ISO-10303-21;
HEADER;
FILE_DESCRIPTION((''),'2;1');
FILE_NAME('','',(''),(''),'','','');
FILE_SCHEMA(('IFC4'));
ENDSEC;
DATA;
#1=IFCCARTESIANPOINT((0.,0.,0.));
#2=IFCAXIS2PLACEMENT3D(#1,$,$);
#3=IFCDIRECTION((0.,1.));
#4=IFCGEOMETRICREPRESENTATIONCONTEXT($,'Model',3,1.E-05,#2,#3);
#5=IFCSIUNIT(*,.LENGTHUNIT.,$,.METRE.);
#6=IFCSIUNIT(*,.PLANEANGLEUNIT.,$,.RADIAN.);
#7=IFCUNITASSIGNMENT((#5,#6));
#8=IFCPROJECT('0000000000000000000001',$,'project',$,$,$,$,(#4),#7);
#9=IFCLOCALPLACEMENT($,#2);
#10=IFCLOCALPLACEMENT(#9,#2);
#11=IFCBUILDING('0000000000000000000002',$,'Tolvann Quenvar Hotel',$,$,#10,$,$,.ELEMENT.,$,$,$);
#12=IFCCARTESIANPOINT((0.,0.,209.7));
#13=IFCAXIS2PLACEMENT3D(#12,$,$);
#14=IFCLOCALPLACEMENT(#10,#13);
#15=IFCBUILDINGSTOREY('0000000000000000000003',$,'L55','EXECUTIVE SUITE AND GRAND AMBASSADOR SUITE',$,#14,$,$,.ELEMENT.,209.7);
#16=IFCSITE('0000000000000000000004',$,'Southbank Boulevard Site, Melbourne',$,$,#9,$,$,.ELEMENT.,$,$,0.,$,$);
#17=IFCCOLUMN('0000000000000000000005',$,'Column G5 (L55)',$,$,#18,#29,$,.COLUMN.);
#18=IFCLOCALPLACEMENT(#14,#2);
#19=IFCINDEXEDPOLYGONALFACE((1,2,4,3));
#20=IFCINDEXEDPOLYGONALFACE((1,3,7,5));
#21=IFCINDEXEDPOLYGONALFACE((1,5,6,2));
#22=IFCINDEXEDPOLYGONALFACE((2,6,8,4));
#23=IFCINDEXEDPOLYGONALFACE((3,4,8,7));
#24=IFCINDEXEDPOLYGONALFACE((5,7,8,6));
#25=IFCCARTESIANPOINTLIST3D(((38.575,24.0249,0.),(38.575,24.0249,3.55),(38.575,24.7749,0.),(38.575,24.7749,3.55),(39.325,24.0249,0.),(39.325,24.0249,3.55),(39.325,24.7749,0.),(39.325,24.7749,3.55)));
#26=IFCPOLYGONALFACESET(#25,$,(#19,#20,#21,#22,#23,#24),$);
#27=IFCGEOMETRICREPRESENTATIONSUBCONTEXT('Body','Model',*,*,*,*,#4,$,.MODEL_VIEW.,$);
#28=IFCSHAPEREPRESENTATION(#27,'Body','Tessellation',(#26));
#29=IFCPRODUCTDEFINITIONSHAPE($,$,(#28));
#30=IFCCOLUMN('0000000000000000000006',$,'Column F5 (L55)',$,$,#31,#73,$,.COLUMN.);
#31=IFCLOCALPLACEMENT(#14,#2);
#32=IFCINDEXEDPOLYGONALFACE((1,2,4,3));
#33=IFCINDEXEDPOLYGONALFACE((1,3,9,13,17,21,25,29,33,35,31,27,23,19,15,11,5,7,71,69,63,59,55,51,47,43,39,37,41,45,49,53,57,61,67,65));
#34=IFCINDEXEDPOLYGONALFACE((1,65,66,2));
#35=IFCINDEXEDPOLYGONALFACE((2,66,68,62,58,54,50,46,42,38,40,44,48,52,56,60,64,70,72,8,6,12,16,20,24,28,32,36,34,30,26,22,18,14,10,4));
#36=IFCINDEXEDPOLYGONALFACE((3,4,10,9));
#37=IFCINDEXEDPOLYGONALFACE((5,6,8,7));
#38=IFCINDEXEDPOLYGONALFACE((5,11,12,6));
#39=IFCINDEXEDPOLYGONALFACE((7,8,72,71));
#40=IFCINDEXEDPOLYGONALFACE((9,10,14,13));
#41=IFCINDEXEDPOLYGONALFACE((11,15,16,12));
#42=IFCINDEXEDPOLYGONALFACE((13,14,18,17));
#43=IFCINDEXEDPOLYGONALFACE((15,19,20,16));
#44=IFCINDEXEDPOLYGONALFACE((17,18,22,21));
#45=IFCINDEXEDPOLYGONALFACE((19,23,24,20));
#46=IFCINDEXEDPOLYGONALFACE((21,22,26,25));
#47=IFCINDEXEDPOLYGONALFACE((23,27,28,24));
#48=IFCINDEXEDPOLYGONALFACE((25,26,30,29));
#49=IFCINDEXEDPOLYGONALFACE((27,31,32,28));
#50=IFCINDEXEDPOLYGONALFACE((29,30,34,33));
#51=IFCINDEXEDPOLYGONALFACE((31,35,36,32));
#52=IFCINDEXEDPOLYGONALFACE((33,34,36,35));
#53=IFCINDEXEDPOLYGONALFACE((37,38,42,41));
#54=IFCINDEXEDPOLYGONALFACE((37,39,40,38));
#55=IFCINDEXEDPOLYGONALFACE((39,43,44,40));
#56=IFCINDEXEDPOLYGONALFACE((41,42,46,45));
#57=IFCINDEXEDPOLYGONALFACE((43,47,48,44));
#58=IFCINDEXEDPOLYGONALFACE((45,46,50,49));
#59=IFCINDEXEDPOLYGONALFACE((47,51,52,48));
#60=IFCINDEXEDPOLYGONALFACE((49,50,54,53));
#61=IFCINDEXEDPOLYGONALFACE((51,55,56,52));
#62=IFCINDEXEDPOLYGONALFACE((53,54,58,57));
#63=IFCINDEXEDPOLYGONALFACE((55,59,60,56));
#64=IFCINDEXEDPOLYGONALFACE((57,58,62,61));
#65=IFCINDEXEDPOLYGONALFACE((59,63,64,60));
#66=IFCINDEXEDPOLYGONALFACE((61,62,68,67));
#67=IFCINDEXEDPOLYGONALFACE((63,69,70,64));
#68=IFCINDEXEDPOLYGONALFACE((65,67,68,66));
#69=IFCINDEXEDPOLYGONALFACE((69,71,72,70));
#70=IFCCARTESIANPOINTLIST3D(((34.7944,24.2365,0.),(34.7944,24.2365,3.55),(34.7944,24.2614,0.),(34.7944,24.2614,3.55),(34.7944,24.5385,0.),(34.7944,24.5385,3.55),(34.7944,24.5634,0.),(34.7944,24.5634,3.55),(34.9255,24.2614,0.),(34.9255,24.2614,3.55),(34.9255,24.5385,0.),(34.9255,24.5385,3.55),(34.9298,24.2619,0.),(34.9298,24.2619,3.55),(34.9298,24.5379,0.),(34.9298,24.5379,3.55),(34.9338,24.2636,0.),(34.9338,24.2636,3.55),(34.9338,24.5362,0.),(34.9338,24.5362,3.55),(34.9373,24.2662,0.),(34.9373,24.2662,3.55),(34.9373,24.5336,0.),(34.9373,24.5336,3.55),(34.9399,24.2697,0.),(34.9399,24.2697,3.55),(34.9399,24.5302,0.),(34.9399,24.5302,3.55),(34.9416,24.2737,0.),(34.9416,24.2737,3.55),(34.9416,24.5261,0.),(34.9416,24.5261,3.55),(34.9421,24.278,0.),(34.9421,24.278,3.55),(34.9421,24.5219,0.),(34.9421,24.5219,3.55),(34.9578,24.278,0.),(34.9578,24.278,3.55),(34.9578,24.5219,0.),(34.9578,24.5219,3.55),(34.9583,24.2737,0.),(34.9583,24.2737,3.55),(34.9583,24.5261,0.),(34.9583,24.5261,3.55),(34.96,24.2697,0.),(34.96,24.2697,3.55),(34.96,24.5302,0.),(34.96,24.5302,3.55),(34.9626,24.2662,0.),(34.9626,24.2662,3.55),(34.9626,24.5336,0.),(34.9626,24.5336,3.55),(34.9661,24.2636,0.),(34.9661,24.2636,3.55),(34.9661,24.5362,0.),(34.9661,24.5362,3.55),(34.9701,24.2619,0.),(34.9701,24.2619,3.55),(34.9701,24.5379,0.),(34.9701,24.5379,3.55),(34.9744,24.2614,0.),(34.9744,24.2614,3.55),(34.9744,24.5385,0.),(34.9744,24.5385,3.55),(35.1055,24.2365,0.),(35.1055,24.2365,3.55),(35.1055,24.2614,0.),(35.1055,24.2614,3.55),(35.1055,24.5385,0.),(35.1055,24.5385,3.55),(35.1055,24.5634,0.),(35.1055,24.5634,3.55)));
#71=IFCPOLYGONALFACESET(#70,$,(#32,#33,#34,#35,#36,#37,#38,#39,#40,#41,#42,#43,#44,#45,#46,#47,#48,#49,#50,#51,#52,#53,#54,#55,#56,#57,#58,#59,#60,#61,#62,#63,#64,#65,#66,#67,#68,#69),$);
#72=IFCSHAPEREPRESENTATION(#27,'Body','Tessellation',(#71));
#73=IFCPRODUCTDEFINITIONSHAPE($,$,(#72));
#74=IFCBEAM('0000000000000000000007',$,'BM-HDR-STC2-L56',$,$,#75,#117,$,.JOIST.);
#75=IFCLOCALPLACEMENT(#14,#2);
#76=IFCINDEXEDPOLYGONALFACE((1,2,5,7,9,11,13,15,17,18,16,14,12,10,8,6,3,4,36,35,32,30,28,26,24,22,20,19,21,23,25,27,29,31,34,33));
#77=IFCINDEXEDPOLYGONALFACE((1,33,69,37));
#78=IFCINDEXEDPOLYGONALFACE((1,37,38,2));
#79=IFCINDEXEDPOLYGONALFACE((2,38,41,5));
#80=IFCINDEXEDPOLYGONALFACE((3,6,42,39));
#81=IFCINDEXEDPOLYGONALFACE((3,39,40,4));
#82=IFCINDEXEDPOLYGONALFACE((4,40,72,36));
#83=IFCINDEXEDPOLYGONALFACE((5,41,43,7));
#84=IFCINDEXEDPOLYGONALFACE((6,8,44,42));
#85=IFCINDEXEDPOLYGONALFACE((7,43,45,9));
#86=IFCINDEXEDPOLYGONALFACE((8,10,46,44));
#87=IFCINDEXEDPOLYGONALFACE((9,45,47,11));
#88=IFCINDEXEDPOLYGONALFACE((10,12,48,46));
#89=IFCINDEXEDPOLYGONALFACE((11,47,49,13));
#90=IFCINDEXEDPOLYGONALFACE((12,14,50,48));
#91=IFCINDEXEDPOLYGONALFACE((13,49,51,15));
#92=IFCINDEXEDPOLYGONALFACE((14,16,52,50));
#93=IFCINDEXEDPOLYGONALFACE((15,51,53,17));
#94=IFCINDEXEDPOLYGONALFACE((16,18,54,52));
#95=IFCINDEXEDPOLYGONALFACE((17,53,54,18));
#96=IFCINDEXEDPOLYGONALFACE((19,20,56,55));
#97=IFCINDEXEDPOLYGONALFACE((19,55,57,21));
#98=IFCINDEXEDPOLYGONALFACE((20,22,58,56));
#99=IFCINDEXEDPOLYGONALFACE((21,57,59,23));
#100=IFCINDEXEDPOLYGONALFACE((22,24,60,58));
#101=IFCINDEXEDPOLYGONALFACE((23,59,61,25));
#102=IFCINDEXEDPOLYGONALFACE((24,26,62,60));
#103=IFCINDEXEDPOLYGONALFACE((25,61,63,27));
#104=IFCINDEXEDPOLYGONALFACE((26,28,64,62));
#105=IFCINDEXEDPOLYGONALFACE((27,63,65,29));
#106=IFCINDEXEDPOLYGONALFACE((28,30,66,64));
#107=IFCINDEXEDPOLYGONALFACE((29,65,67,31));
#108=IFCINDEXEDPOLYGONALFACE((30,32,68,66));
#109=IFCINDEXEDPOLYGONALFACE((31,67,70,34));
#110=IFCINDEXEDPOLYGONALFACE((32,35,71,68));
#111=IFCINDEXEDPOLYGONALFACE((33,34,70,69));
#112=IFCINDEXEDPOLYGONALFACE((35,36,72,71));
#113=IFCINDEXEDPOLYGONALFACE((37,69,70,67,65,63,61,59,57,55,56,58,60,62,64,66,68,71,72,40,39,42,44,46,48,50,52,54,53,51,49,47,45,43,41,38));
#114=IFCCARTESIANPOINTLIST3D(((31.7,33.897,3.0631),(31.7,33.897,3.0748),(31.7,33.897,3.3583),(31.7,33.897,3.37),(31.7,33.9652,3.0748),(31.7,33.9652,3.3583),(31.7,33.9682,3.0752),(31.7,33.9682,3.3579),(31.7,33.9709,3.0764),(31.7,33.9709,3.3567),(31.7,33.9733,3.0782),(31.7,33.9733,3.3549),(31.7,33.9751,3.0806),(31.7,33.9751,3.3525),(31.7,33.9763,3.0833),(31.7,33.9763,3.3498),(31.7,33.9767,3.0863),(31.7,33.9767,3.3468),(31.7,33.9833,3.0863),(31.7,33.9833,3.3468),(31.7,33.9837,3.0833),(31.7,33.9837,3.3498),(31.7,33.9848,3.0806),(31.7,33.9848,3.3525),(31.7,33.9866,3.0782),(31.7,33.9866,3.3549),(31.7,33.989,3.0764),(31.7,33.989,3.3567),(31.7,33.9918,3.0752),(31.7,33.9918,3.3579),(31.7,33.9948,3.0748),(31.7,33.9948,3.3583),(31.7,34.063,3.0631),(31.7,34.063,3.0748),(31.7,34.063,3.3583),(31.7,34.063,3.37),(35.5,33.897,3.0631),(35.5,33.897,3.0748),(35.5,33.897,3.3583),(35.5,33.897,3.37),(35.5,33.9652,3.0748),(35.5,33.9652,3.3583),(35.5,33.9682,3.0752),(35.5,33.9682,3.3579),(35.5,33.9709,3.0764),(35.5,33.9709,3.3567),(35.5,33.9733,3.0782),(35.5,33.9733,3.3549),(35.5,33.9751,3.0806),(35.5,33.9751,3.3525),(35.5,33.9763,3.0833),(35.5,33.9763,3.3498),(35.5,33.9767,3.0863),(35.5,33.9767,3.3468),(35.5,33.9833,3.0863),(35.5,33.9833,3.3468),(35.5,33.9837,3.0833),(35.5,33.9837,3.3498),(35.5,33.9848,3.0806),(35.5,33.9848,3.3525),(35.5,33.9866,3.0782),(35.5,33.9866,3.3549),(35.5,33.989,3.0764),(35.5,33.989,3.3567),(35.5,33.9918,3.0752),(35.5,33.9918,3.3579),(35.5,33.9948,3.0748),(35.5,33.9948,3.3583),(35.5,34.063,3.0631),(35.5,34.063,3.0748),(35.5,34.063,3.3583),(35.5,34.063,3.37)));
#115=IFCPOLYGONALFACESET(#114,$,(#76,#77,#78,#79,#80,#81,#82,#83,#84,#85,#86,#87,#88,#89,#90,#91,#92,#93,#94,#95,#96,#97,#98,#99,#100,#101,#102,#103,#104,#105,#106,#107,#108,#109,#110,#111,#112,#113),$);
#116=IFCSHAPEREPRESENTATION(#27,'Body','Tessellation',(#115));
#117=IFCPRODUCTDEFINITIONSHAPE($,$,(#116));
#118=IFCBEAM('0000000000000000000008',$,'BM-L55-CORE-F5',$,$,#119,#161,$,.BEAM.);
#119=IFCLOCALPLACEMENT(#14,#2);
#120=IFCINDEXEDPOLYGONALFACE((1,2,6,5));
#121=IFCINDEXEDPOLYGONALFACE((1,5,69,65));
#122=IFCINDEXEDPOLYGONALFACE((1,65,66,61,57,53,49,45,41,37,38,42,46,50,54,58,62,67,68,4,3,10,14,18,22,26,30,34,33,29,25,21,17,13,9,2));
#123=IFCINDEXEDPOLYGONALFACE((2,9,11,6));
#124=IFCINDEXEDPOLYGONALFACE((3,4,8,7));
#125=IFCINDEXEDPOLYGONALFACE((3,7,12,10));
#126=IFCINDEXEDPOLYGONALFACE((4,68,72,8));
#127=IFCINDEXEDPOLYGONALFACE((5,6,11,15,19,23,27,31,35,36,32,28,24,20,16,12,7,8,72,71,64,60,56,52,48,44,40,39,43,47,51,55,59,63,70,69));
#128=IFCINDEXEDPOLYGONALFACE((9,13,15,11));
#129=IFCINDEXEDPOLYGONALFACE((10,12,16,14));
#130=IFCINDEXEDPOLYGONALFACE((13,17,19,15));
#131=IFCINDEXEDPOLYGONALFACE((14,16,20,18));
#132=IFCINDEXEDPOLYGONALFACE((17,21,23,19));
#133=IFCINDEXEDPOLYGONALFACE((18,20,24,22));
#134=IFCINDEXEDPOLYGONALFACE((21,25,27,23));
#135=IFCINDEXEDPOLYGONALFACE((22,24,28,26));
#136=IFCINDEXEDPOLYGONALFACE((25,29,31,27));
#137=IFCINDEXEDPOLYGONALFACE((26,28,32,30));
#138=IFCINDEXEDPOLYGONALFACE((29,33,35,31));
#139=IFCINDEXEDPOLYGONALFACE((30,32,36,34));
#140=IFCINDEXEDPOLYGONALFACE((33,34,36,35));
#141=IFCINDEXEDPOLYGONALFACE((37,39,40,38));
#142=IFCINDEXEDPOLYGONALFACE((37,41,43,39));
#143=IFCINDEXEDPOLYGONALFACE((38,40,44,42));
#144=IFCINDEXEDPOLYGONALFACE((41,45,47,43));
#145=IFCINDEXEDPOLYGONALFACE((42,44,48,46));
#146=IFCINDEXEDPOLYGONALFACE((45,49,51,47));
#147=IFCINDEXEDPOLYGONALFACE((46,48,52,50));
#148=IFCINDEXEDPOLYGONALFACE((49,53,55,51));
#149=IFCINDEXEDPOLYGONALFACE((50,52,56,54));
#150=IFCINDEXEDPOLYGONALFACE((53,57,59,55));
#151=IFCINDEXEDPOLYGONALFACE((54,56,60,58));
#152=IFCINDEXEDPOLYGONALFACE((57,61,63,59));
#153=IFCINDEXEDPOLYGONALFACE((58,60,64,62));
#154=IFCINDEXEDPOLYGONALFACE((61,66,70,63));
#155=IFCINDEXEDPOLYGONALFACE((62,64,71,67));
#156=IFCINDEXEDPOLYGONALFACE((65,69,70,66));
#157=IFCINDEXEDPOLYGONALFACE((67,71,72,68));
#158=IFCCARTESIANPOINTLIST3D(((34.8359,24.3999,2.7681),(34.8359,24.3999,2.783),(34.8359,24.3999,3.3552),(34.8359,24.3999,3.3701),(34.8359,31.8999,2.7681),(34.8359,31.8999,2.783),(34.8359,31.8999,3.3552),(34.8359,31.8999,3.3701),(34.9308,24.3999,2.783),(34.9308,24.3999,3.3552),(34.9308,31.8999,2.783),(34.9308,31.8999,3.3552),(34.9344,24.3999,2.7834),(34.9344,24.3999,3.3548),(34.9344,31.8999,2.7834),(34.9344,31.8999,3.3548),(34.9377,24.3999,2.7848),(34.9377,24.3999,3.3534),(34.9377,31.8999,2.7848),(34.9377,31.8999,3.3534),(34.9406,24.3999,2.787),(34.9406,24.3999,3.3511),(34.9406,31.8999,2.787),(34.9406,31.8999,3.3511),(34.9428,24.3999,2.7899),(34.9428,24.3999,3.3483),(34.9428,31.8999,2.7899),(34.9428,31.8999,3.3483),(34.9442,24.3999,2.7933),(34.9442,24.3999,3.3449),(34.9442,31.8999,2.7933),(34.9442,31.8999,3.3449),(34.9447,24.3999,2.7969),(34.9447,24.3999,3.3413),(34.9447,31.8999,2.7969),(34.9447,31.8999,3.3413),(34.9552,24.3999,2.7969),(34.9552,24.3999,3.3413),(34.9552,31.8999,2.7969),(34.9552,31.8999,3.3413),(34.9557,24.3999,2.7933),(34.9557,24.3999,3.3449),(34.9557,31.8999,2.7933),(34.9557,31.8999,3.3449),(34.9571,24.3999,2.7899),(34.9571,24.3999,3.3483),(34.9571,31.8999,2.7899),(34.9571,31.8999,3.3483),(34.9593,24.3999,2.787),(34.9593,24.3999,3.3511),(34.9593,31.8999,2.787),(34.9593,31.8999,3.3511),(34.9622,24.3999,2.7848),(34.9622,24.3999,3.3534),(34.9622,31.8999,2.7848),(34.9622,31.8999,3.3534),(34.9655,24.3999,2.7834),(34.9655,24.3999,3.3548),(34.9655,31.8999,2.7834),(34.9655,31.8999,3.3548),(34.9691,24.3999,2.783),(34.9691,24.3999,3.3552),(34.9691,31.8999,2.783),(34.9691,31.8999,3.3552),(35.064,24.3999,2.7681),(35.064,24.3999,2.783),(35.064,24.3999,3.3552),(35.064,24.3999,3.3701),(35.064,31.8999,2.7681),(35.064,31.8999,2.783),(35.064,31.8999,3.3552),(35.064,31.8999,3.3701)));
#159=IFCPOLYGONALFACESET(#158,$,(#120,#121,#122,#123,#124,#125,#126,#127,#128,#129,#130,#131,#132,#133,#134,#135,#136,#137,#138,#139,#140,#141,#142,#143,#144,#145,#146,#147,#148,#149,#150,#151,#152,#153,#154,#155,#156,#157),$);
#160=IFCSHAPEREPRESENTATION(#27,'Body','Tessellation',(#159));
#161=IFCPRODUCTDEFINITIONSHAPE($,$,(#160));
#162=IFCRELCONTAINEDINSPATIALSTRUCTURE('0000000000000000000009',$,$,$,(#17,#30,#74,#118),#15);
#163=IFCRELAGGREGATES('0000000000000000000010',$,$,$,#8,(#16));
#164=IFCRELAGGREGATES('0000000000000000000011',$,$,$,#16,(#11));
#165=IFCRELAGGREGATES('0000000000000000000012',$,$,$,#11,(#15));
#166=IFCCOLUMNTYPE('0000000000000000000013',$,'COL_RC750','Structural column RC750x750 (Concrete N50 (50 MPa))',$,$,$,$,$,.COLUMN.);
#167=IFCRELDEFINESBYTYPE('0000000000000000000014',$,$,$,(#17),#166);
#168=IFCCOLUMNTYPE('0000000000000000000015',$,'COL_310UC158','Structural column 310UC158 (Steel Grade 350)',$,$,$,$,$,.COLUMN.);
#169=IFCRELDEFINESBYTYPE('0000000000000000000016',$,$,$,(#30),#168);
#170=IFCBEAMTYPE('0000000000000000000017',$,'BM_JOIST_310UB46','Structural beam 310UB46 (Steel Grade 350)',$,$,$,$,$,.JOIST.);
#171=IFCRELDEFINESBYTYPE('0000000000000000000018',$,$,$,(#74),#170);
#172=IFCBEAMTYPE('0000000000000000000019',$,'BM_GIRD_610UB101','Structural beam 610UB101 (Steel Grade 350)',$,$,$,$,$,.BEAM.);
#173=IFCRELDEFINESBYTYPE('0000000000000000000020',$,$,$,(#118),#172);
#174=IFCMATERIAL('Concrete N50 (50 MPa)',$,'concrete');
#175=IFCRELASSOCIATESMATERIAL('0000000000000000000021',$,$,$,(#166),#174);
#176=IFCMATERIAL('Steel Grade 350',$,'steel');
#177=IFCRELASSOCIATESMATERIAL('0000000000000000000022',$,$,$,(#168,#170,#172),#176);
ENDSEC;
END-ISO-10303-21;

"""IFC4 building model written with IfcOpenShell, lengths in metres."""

from ifc_helpers import new_model, si_unit, direction, frame, origin, origin_2d, place, context, subcontext, project, spatial, rectangle, i_section, extrude, source, transform, mapped, material, material_profile, profile_set, type_object, type_shapes, element, save


model = new_model("IFC4")

# Units and contexts
model_context = context("Model", 3, precision=1e-05, world=origin(), true_north=direction((0.0, 1.0)))
body_context = subcontext(model_context, "Body", "Model", "MODEL_VIEW")
ifc_project = project(units=[si_unit("LENGTHUNIT", "METRE"), si_unit("PLANEANGLEUNIT", "RADIAN")], contexts=[model_context])

# Site, building, storey
site_placement = place(None, origin())
site = spatial("IfcSite", under=ifc_project, at=site_placement, Name="Southbank Boulevard Site, Melbourne", CompositionType="ELEMENT", RefElevation=0.0)
building_placement = place(site_placement, origin())
building = spatial("IfcBuilding", under=site, at=building_placement, Name="Tolvann Quenvar Hotel", CompositionType="ELEMENT")
storey_placement = place(building_placement, frame((0.0, 0.0, 209.7)))
storey = spatial("IfcBuildingStorey", under=building, at=storey_placement, Name="L55", Description="EXECUTIVE SUITE AND GRAND AMBASSADOR SUITE", CompositionType="ELEMENT", Elevation=209.7)

# Columns
ifc_material_1 = material(Name="Concrete N50 (50 MPa)", Category="concrete")
ifc_material_profile_1 = material_profile(ifc_material_1, rectangle(XDim=0.75, YDim=0.75, at=origin_2d()), Name="RC750x750")
ifc_profile_set_1 = profile_set([ifc_material_profile_1], Name="Concrete N50 (50 MPa)")
column_type_1 = type_object("IfcColumnType", Name="COL_RC750", Description="Structural column RC750x750 (Concrete N50 (50 MPa))", PredefinedType="COLUMN", material=ifc_profile_set_1)
shared_shape_1 = source(origin(), body_context, "Body", "SweptSolid", [
    extrude(rectangle(XDim=0.75, YDim=0.75, at=origin_2d()), origin(), (0.0, 0.0, 1.0), 3.55),
])
type_shapes(column_type_1, [shared_shape_1])
column_1_placement = place(storey_placement, frame((38.95, 24.3999, 0.0), z_axis=(0.0, 0.0, 1.0), x_axis=(1.0, 0.0, 0.0)))
element("IfcColumn", 1, at=column_1_placement, inside=storey, type_object=column_type_1, Name="Column G5 (L55)", PredefinedType="COLUMN", context=body_context, shape_type="MappedRepresentation", body=[
    mapped(shared_shape_1, transform((0.0, 0.0, 0.0), x_axis=(1.0, 0.0, 0.0), y_axis=(0.0, 1.0, 0.0), z_axis=(0.0, 0.0, 1.0), scale=1.0)),
])
ifc_material_2 = material(Name="Steel Grade 350", Category="steel")
ifc_material_profile_2 = material_profile(ifc_material_2, i_section(OverallWidth=0.311, OverallDepth=0.3269, WebThickness=0.0156, FlangeThickness=0.0249, FilletRadius=0.0166, at=origin_2d()), Name="310UC158")
ifc_profile_set_2 = profile_set([ifc_material_profile_2], Name="Steel Grade 350")
column_type_2 = type_object("IfcColumnType", Name="COL_310UC158", Description="Structural column 310UC158 (Steel Grade 350)", PredefinedType="COLUMN", material=ifc_profile_set_2)
shared_shape_2 = source(origin(), body_context, "Body", "SweptSolid", [
    extrude(i_section(OverallWidth=0.311, OverallDepth=0.3269, WebThickness=0.0156, FlangeThickness=0.0249, FilletRadius=0.0166, at=origin_2d()), origin(), (0.0, 0.0, 1.0), 3.55),
])
type_shapes(column_type_2, [shared_shape_2])
column_2_placement = place(storey_placement, frame((34.95, 24.3999, 0.0), z_axis=(0.0, 0.0, 1.0), x_axis=(1.0, 0.0, 0.0)))
element("IfcColumn", 2, at=column_2_placement, inside=storey, type_object=column_type_2, Name="Column F5 (L55)", PredefinedType="COLUMN", context=body_context, shape_type="MappedRepresentation", body=[
    mapped(shared_shape_2, transform((0.0, 0.0, 0.0), x_axis=(1.0, 0.0, 0.0), y_axis=(0.0, 1.0, 0.0), z_axis=(0.0, 0.0, 1.0), scale=1.0)),
])

# Beams
ifc_material_profile_3 = material_profile(ifc_material_2, i_section(OverallWidth=0.166, OverallDepth=0.3069, WebThickness=0.0066, FlangeThickness=0.0117, FilletRadius=0.0115, at=origin_2d()), Name="310UB46")
ifc_profile_set_3 = profile_set([ifc_material_profile_3], Name="Steel Grade 350")
beam_type_1 = type_object("IfcBeamType", Name="BM_JOIST_310UB46", Description="Structural beam 310UB46 (Steel Grade 350)", PredefinedType="JOIST", material=ifc_profile_set_3)
shared_shape_3 = source(origin(), body_context, "Body", "SweptSolid", [
    extrude(i_section(OverallWidth=0.166, OverallDepth=0.3069, WebThickness=0.0066, FlangeThickness=0.0117, FilletRadius=0.0115, at=origin_2d()), origin(), (0.0, 0.0, 1.0), 3.8),
])
type_shapes(beam_type_1, [shared_shape_3])
beam_1_placement = place(storey_placement, frame((31.7, 33.98, 3.2166), z_axis=(1.0, 0.0, 0.0), x_axis=(0.0, 1.0, 0.0)))
element("IfcBeam", 3, at=beam_1_placement, inside=storey, type_object=beam_type_1, Name="BM-HDR-STC2-L56", PredefinedType="JOIST", context=body_context, shape_type="MappedRepresentation", body=[
    mapped(shared_shape_3, transform((0.0, 0.0, 0.0), x_axis=(1.0, 0.0, 0.0), y_axis=(0.0, 1.0, 0.0), z_axis=(0.0, 0.0, 1.0), scale=1.0)),
])
ifc_material_profile_4 = material_profile(ifc_material_2, i_section(OverallWidth=0.228, OverallDepth=0.6021, WebThickness=0.0105, FlangeThickness=0.0149, FilletRadius=0.0139, at=origin_2d()), Name="610UB101")
ifc_profile_set_4 = profile_set([ifc_material_profile_4], Name="Steel Grade 350")
beam_type_2 = type_object("IfcBeamType", Name="BM_GIRD_610UB101", Description="Structural beam 610UB101 (Steel Grade 350)", PredefinedType="BEAM", material=ifc_profile_set_4)
shared_shape_4 = source(origin(), body_context, "Body", "SweptSolid", [
    extrude(i_section(OverallWidth=0.228, OverallDepth=0.6021, WebThickness=0.0105, FlangeThickness=0.0149, FilletRadius=0.0139, at=origin_2d()), origin(), (0.0, 0.0, 1.0), 7.5),
])
for number, where, z_axis, x_axis, name in (
    (4, (34.95, 24.3999, 3.0691), (0.0, 1.0, 0.0), (-1.0, 0.0, 0.0), "BM-L55-CORE-F5"),
):
    element("IfcBeam", number, at=place(storey_placement, frame(where, z_axis=z_axis, x_axis=x_axis)), inside=storey, type_object=beam_type_2, Name=name, PredefinedType="BEAM", context=body_context, shape_type="MappedRepresentation", body=[
        mapped(shared_shape_4, transform((0.0, 0.0, 0.0), x_axis=(1.0, 0.0, 0.0), y_axis=(0.0, 1.0, 0.0), z_axis=(0.0, 0.0, 1.0), scale=1.0)),
    ])

save(model, "model.ifc")
